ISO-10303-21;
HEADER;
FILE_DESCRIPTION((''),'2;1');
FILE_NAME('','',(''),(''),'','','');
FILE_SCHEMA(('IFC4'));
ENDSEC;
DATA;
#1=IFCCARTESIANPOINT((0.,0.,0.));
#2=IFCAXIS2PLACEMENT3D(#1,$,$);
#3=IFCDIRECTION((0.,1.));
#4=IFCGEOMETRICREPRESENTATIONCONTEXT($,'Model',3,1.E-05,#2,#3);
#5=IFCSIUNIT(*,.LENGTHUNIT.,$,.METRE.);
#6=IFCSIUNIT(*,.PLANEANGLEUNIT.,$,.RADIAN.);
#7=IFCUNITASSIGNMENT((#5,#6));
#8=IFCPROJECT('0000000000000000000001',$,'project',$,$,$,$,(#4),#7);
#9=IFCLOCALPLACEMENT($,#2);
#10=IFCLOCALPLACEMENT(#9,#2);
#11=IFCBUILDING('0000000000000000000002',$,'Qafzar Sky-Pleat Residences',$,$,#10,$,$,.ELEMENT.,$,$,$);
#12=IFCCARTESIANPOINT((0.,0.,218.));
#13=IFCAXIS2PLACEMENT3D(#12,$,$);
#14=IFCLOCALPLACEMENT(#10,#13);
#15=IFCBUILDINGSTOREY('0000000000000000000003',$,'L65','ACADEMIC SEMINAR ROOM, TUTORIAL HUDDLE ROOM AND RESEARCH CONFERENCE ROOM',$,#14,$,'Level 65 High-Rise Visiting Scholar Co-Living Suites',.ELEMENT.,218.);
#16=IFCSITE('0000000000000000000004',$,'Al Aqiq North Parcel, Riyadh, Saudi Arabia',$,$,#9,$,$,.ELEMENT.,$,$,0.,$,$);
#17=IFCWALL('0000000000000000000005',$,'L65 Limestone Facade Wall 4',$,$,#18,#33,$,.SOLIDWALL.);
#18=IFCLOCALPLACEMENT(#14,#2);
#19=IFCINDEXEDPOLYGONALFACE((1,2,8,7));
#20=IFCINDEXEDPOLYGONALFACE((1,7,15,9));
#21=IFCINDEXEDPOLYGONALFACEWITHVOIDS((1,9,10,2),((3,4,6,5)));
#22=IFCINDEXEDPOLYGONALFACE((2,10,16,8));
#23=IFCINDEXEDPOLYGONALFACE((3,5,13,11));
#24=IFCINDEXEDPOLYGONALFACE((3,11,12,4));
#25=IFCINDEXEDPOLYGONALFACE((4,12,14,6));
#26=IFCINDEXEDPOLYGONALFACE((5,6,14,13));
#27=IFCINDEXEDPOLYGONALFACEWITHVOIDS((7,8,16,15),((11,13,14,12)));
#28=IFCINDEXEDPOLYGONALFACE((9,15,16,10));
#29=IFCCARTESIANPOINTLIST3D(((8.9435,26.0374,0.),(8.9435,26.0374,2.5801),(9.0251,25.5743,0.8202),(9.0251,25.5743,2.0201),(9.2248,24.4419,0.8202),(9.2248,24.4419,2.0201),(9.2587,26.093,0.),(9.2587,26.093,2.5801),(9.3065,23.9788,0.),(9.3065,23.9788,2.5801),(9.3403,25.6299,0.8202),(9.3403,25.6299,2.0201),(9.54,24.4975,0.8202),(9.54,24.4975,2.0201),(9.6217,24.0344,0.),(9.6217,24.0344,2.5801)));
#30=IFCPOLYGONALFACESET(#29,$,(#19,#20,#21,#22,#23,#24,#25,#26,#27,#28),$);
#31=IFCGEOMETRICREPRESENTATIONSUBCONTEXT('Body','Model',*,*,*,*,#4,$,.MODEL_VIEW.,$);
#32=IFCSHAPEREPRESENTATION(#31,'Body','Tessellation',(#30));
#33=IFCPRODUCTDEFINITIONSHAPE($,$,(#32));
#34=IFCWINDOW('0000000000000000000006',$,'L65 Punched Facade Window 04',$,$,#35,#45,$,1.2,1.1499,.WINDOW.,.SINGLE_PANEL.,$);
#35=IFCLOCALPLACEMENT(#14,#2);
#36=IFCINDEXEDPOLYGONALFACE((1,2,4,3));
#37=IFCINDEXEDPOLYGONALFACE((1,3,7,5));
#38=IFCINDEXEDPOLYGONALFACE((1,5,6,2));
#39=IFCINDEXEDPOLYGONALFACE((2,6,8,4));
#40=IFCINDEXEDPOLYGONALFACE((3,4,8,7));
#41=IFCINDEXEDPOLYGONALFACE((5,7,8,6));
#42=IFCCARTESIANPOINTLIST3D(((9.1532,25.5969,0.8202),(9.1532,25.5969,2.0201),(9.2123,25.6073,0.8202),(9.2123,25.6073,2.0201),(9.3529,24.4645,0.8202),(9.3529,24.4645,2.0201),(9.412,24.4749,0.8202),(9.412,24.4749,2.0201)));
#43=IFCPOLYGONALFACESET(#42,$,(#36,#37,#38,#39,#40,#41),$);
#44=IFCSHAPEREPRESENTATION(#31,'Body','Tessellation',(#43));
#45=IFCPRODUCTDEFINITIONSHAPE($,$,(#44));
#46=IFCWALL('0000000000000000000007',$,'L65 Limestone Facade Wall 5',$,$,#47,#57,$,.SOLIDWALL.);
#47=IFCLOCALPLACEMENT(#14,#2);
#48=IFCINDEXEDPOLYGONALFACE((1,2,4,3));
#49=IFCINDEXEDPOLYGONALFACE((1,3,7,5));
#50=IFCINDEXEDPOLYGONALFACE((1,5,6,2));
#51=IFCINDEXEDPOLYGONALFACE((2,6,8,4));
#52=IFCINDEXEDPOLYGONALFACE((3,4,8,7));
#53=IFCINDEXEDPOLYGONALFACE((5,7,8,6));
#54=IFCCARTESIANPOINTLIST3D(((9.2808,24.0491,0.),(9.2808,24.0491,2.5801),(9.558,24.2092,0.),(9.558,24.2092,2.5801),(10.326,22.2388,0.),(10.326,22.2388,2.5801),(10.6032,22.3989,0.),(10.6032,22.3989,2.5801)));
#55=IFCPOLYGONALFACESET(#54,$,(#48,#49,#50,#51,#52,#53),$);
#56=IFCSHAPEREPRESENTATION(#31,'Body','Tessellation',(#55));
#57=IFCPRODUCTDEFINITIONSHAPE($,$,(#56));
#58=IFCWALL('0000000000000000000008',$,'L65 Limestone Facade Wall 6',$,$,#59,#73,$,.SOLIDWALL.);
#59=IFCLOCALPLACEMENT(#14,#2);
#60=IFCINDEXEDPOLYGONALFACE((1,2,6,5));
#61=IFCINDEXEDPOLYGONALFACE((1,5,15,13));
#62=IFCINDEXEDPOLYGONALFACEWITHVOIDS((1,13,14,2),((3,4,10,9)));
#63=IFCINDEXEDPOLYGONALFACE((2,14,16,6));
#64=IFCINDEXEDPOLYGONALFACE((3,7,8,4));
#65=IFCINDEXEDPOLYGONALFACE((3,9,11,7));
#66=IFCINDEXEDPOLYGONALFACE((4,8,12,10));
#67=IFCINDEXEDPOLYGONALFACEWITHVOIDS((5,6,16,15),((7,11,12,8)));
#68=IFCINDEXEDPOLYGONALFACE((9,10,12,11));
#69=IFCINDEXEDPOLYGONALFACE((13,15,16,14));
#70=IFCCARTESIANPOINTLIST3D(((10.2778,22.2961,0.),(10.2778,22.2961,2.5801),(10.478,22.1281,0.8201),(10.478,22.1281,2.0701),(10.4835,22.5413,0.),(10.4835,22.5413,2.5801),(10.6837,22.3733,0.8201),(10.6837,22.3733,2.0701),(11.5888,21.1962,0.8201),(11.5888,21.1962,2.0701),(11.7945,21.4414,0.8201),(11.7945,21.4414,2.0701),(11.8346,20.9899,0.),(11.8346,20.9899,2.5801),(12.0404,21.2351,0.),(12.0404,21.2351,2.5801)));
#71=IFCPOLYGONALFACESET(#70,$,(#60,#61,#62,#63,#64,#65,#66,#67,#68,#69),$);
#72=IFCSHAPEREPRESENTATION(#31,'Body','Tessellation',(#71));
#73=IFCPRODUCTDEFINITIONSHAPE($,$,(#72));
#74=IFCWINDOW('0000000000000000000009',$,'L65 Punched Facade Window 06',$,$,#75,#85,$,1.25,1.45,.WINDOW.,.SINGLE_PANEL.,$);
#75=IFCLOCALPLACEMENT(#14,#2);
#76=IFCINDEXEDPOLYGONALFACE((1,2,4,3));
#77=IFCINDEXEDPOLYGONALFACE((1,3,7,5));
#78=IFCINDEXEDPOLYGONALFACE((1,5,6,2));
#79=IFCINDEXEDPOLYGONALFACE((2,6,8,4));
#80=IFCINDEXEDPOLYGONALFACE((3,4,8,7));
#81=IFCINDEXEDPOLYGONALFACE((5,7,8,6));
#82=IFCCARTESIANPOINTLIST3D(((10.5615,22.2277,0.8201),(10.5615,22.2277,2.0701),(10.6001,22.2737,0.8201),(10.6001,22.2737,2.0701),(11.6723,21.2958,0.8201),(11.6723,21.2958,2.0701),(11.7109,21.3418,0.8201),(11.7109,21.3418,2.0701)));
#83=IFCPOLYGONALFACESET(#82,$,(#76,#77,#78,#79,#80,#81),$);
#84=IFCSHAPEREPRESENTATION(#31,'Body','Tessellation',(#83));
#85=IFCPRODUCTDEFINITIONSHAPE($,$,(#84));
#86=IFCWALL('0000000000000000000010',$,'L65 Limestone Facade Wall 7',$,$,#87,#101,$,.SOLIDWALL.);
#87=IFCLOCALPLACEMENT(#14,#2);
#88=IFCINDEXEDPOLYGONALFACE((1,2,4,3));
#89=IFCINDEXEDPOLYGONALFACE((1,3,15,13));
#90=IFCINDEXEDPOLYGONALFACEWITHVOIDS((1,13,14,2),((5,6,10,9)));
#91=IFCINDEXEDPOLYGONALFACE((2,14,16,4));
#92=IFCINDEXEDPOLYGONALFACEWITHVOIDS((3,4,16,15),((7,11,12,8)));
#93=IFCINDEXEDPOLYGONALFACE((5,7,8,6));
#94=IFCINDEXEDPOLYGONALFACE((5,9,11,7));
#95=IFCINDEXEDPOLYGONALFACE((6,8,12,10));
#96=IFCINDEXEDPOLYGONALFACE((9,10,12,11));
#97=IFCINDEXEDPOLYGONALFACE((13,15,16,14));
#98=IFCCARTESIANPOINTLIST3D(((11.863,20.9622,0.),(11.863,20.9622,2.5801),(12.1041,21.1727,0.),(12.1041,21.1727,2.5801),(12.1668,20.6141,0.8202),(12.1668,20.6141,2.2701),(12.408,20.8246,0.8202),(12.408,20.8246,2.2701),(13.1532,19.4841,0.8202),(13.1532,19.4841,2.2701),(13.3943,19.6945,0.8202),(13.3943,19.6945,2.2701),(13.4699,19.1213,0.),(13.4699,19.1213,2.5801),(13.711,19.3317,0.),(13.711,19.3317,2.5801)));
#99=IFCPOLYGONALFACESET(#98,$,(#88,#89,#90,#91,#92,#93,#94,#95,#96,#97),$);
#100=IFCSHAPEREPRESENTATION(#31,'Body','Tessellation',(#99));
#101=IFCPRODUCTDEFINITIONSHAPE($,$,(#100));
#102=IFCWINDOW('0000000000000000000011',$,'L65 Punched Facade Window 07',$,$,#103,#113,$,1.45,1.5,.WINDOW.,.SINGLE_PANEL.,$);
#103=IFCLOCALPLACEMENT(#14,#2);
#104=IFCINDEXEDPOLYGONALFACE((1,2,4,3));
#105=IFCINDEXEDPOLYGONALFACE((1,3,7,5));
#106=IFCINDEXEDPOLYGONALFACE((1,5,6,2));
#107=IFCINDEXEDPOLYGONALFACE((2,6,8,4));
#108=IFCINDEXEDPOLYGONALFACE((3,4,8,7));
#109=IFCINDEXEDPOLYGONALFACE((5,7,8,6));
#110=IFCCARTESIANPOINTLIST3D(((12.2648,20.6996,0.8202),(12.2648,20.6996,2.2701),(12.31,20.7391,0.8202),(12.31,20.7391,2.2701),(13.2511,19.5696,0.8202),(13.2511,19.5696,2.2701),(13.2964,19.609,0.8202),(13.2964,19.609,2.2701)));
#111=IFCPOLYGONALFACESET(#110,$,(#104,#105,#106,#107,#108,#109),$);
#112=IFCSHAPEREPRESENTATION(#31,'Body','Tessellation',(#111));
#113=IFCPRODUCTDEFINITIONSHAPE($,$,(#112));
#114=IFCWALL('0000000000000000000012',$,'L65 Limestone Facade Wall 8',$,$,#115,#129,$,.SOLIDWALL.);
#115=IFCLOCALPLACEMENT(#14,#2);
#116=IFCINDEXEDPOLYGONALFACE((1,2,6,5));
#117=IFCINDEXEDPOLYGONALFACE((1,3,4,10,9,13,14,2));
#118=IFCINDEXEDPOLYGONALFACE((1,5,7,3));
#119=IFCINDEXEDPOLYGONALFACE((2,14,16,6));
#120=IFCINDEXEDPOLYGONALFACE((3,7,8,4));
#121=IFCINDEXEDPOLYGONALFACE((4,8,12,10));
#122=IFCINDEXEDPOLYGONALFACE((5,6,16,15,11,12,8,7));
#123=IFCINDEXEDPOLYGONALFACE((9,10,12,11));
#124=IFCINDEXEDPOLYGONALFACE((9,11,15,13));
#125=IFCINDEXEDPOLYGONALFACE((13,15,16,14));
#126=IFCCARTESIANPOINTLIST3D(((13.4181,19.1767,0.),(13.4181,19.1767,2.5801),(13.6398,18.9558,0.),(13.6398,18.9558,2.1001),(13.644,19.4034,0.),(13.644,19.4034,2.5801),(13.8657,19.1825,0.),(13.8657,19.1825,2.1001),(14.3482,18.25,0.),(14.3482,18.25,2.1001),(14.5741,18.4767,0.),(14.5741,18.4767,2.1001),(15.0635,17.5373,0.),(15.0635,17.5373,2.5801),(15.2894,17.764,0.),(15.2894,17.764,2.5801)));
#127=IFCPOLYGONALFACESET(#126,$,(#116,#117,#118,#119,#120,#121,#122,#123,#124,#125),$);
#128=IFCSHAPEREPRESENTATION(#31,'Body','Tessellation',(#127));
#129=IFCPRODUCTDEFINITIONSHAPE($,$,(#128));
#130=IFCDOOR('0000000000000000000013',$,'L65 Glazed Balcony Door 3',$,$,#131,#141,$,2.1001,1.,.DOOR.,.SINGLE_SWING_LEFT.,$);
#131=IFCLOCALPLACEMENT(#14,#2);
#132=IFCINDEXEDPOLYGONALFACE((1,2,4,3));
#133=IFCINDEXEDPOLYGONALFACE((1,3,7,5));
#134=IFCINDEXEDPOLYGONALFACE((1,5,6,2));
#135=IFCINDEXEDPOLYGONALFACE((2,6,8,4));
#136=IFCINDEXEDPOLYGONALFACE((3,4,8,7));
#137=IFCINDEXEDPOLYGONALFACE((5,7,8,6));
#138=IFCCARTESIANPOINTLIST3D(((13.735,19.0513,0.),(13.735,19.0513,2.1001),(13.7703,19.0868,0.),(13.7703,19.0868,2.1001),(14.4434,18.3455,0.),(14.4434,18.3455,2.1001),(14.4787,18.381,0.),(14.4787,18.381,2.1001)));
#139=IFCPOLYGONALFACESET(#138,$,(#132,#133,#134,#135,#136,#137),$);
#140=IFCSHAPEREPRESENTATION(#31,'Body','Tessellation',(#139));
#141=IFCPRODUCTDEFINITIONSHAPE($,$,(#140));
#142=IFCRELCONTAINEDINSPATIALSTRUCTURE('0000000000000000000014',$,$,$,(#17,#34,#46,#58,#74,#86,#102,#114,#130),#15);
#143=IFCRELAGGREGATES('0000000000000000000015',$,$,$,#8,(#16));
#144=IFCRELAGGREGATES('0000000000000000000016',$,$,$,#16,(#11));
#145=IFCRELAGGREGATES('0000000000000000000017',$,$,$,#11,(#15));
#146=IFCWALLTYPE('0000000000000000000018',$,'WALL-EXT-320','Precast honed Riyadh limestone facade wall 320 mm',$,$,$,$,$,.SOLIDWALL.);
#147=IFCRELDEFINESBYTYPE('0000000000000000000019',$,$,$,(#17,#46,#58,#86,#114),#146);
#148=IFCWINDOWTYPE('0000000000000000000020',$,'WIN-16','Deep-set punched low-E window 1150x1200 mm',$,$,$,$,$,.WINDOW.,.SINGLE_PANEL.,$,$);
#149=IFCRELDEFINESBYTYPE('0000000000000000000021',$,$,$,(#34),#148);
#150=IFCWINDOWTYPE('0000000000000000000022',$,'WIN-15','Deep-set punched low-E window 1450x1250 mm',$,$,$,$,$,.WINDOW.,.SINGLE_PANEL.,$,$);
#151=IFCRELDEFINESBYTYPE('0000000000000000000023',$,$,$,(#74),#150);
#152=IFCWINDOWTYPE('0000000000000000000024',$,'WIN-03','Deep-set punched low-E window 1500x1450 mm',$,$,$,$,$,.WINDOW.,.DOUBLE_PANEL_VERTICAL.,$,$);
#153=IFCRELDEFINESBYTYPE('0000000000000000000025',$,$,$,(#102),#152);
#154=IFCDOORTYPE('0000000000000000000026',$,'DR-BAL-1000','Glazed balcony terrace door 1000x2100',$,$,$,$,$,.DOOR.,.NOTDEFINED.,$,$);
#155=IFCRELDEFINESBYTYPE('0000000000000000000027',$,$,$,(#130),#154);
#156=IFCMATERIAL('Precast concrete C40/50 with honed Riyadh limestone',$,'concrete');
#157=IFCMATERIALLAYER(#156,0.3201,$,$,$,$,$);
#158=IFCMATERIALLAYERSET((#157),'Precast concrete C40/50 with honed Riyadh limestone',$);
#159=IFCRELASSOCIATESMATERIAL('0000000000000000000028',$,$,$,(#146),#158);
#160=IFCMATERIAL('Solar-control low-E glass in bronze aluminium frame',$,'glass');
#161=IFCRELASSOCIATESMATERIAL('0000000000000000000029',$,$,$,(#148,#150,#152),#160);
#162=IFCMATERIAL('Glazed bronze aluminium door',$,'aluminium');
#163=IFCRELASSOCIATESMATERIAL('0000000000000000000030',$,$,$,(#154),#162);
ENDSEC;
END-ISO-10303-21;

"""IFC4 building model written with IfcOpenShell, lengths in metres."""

from ifc_helpers import new_model, si_unit, direction, frame, frame_2d, origin, place, context, subcontext, project, spatial, rectangle, extrude, source, transform, mapped, material, layer, layer_set, type_object, element, fill, save


model = new_model("IFC4")

# Units and contexts
model_context = context("Model", 3, precision=1e-05, world=origin(), true_north=direction((0.0, 1.0)))
body_context = subcontext(model_context, "Body", "Model", "MODEL_VIEW")
ifc_project = project(units=[si_unit("LENGTHUNIT", "METRE"), si_unit("PLANEANGLEUNIT", "RADIAN")], contexts=[model_context])

# Site, building, storey
site_placement = place(None, origin())
site = spatial("IfcSite", under=ifc_project, at=site_placement, Name="Al Aqiq North Parcel, Riyadh, Saudi Arabia", CompositionType="ELEMENT", RefElevation=0.0)
building_placement = place(site_placement, origin())
building = spatial("IfcBuilding", under=site, at=building_placement, Name="Qafzar Sky-Pleat Residences", CompositionType="ELEMENT")
storey_placement = place(building_placement, frame((0.0, 0.0, 218.0)))
storey = spatial("IfcBuildingStorey", under=building, at=storey_placement, Name="L65", Description="ACADEMIC SEMINAR ROOM, TUTORIAL HUDDLE ROOM AND RESEARCH CONFERENCE ROOM", LongName="Level 65 High-Rise Visiting Scholar Co-Living Suites", CompositionType="ELEMENT", Elevation=218.0)

# Wall, opening, window
ifc_material_1 = material(Name="Precast concrete C40/50 with honed Riyadh limestone", Category="concrete")
ifc_layer_1 = layer(ifc_material_1, 0.3201)
ifc_layer_set_1 = layer_set([ifc_layer_1], Name="Precast concrete C40/50 with honed Riyadh limestone")
wall_type_1 = type_object("IfcWallType", Name="WALL-EXT-320", Description="Precast honed Riyadh limestone facade wall 320 mm", PredefinedType="SOLIDWALL", material=ifc_layer_set_1)
wall_1_placement = place(storey_placement, frame((9.1011, 26.0652, 0.0), z_axis=(0.0, 0.0, 1.0), x_axis=(0.173672, -0.984804, 0.0)))
wall_1 = element("IfcWall", 1, at=wall_1_placement, inside=storey, type_object=wall_type_1, Name="L65 Limestone Facade Wall 4", PredefinedType="SOLIDWALL", context=body_context, shape_type="SweptSolid", body=[
    extrude(rectangle(XDim=2.0903, YDim=0.3201, at=frame_2d((1.0452, 0.0))), origin(), (0.0, 0.0, 1.0), 2.5801),
])
opening_1_placement = place(wall_1_placement, frame((0.4702, 0.0, 0.8201)))
opening_1 = element("IfcOpeningElement", 2, at=opening_1_placement, cuts=wall_1, PredefinedType="OPENING", context=body_context, shape_type="SweptSolid", body=[
    extrude(rectangle(XDim=1.1499, YDim=1.2, at=frame_2d((0.575, 0.6001))), frame((0.0, 0.1699, 0.0), z_axis=(0.0, -1.0, 0.0), x_axis=(1.0, 0.0, 0.0)), (0.0, 0.0, 1.0), 0.3401),
])
ifc_material_2 = material(Name="Solar-control low-E glass in bronze aluminium frame", Category="glass")
window_type_1 = type_object("IfcWindowType", Name="WIN-16", Description="Deep-set punched low-E window 1150x1200 mm", PartitioningType="SINGLE_PANEL", PredefinedType="WINDOW", material=ifc_material_2)
shared_shape_1 = source(origin(), body_context, "Body", "SweptSolid", [
    extrude(rectangle(XDim=1.1499, YDim=1.2, at=frame_2d((0.575, 0.6001))), frame((0.0, 0.03, 0.0), z_axis=(0.0, -1.0, 0.0), x_axis=(1.0, 0.0, 0.0)), (0.0, 0.0, 1.0), 0.0601),
])
window_1_placement = place(opening_1_placement, origin())
window_1 = element("IfcWindow", 3, at=window_1_placement, inside=storey, type_object=window_type_1, Name="L65 Punched Facade Window 04", OverallHeight=1.2, OverallWidth=1.1499, PartitioningType="SINGLE_PANEL", PredefinedType="WINDOW", context=body_context, shape_type="MappedRepresentation", body=[
    mapped(shared_shape_1, transform((0.0, 0.0, 0.0), x_axis=(1.0, 0.0, 0.0), y_axis=(0.0, 1.0, 0.0), z_axis=(0.0, 0.0, 1.0), scale=1.0)),
])
fill(opening_1, window_1)

# Wall
wall_2_placement = place(storey_placement, frame((9.4194, 24.1292, 0.0), z_axis=(0.0, 0.0, 1.0), x_axis=(0.499995, -0.866028, 0.0)))
element("IfcWall", 4, at=wall_2_placement, inside=storey, type_object=wall_type_1, Name="L65 Limestone Facade Wall 5", PredefinedType="SOLIDWALL", context=body_context, shape_type="SweptSolid", body=[
    extrude(rectangle(XDim=2.0903, YDim=0.3201, at=frame_2d((1.0452, 0.0))), origin(), (0.0, 0.0, 1.0), 2.5801),
])

# Walls, openings, windows
wall_3_placement = place(storey_placement, frame((10.3806, 22.4187, 0.0), z_axis=(0.0, 0.0, 1.0), x_axis=(0.7661, -0.642721, 0.0)))
wall_3 = element("IfcWall", 5, at=wall_3_placement, inside=storey, type_object=wall_type_1, Name="L65 Limestone Facade Wall 6", PredefinedType="SOLIDWALL", context=body_context, shape_type="SweptSolid", body=[
    extrude(rectangle(XDim=2.0322, YDim=0.3201, at=frame_2d((1.0161, 0.0))), origin(), (0.0, 0.0, 1.0), 2.5801),
])
opening_2_placement = place(wall_3_placement, frame((0.2612, 0.0, 0.8201)))
opening_2 = element("IfcOpeningElement", 6, at=opening_2_placement, cuts=wall_3, PredefinedType="OPENING", context=body_context, shape_type="SweptSolid", body=[
    extrude(rectangle(XDim=1.45, YDim=1.25, at=frame_2d((0.7251, 0.625))), frame((0.0, 0.1699, 0.0), z_axis=(0.0, -1.0, 0.0), x_axis=(1.0, 0.0, 0.0)), (0.0, 0.0, 1.0), 0.3401),
])
window_type_2 = type_object("IfcWindowType", Name="WIN-15", Description="Deep-set punched low-E window 1450x1250 mm", PartitioningType="SINGLE_PANEL", PredefinedType="WINDOW", material=ifc_material_2)
shared_shape_2 = source(origin(), body_context, "Body", "SweptSolid", [
    extrude(rectangle(XDim=1.45, YDim=1.25, at=frame_2d((0.7251, 0.625))), frame((0.0, 0.03, 0.0), z_axis=(0.0, -1.0, 0.0), x_axis=(1.0, 0.0, 0.0)), (0.0, 0.0, 1.0), 0.0601),
])
window_2_placement = place(opening_2_placement, origin())
window_2 = element("IfcWindow", 7, at=window_2_placement, inside=storey, type_object=window_type_2, Name="L65 Punched Facade Window 06", OverallHeight=1.25, OverallWidth=1.45, PartitioningType="SINGLE_PANEL", PredefinedType="WINDOW", context=body_context, shape_type="MappedRepresentation", body=[
    mapped(shared_shape_2, transform((0.0, 0.0, 0.0), x_axis=(1.0, 0.0, 0.0), y_axis=(0.0, 1.0, 0.0), z_axis=(0.0, 0.0, 1.0), scale=1.0)),
])
fill(opening_2, window_2)
wall_4_placement = place(storey_placement, frame((11.9836, 21.0674, 0.0), z_axis=(0.0, 0.0, 1.0), x_axis=(0.657578, -0.753387, 0.0)))
wall_4 = element("IfcWall", 8, at=wall_4_placement, inside=storey, type_object=wall_type_1, Name="L65 Limestone Facade Wall 7", PredefinedType="SOLIDWALL", context=body_context, shape_type="SweptSolid", body=[
    extrude(rectangle(XDim=2.4436, YDim=0.3201, at=frame_2d((1.2217, 0.0))), origin(), (0.0, 0.0, 1.0), 2.5801),
])
opening_3_placement = place(wall_4_placement, frame((0.4619, 0.0, 0.8201)))
opening_3 = element("IfcOpeningElement", 9, at=opening_3_placement, cuts=wall_4, PredefinedType="OPENING", context=body_context, shape_type="SweptSolid", body=[
    extrude(rectangle(XDim=1.5, YDim=1.45, at=frame_2d((0.75, 0.7251))), frame((0.0, 0.1699, 0.0), z_axis=(0.0, -1.0, 0.0), x_axis=(1.0, 0.0, 0.0)), (0.0, 0.0, 1.0), 0.3401),
])
window_type_3 = type_object("IfcWindowType", Name="WIN-03", Description="Deep-set punched low-E window 1500x1450 mm", PartitioningType="DOUBLE_PANEL_VERTICAL", PredefinedType="WINDOW", material=ifc_material_2)
shared_shape_3 = source(origin(), body_context, "Body", "SweptSolid", [
    extrude(rectangle(XDim=1.5, YDim=1.45, at=frame_2d((0.75, 0.7251))), frame((0.0, 0.03, 0.0), z_axis=(0.0, -1.0, 0.0), x_axis=(1.0, 0.0, 0.0)), (0.0, 0.0, 1.0), 0.0601),
])
window_3_placement = place(opening_3_placement, origin())
window_3 = element("IfcWindow", 10, at=window_3_placement, inside=storey, type_object=window_type_3, Name="L65 Punched Facade Window 07", OverallHeight=1.45, OverallWidth=1.5, PartitioningType="SINGLE_PANEL", PredefinedType="WINDOW", context=body_context, shape_type="MappedRepresentation", body=[
    mapped(shared_shape_3, transform((0.0, 0.0, 0.0), x_axis=(1.0, 0.0, 0.0), y_axis=(0.0, 1.0, 0.0), z_axis=(0.0, 0.0, 1.0), scale=1.0)),
])
fill(opening_3, window_3)

# Wall, opening, door
wall_5_placement = place(storey_placement, frame((13.531, 19.29, 0.0), z_axis=(0.0, 0.0, 1.0), x_axis=(0.708419, -0.705792, 0.0)))
wall_5 = element("IfcWall", 11, at=wall_5_placement, inside=storey, type_object=wall_type_1, Name="L65 Limestone Facade Wall 8", PredefinedType="SOLIDWALL", context=body_context, shape_type="SweptSolid", body=[
    extrude(rectangle(XDim=2.3228, YDim=0.3201, at=frame_2d((1.1614, 0.0))), origin(), (0.0, 0.0, 1.0), 2.5801),
])
opening_4_placement = place(wall_5_placement, frame((0.313, 0.0, 0.0)))
opening_4 = element("IfcOpeningElement", 12, at=opening_4_placement, cuts=wall_5, PredefinedType="OPENING", context=body_context, shape_type="SweptSolid", body=[
    extrude(rectangle(XDim=1.0, YDim=2.1001, at=frame_2d((0.5, 1.05))), frame((0.0, 0.1699, 0.0), z_axis=(0.0, -1.0, 0.0), x_axis=(1.0, 0.0, 0.0)), (0.0, 0.0, 1.0), 0.3401),
])
ifc_material_3 = material(Name="Glazed bronze aluminium door", Category="aluminium")
door_type = type_object("IfcDoorType", Name="DR-BAL-1000", Description="Glazed balcony terrace door 1000x2100", OperationType="NOTDEFINED", PredefinedType="DOOR", material=ifc_material_3)
shared_shape_4 = source(origin(), body_context, "Body", "SweptSolid", [
    extrude(rectangle(XDim=1.0, YDim=2.1001, at=frame_2d((0.5, 1.05))), frame((0.0, 0.0249, 0.0), z_axis=(0.0, -1.0, 0.0), x_axis=(1.0, 0.0, 0.0)), (0.0, 0.0, 1.0), 0.05),
])
door_placement = place(opening_4_placement, origin())
door = element("IfcDoor", 13, at=door_placement, inside=storey, type_object=door_type, Name="L65 Glazed Balcony Door 3", OperationType="SINGLE_SWING_LEFT", OverallHeight=2.1001, OverallWidth=1.0, PredefinedType="DOOR", context=body_context, shape_type="MappedRepresentation", body=[
    mapped(shared_shape_4, transform((0.0, 0.0, 0.0), x_axis=(1.0, 0.0, 0.0), y_axis=(0.0, 1.0, 0.0), z_axis=(0.0, 0.0, 1.0), scale=1.0)),
])
fill(opening_4, door)

save(model, "model.ifc")
